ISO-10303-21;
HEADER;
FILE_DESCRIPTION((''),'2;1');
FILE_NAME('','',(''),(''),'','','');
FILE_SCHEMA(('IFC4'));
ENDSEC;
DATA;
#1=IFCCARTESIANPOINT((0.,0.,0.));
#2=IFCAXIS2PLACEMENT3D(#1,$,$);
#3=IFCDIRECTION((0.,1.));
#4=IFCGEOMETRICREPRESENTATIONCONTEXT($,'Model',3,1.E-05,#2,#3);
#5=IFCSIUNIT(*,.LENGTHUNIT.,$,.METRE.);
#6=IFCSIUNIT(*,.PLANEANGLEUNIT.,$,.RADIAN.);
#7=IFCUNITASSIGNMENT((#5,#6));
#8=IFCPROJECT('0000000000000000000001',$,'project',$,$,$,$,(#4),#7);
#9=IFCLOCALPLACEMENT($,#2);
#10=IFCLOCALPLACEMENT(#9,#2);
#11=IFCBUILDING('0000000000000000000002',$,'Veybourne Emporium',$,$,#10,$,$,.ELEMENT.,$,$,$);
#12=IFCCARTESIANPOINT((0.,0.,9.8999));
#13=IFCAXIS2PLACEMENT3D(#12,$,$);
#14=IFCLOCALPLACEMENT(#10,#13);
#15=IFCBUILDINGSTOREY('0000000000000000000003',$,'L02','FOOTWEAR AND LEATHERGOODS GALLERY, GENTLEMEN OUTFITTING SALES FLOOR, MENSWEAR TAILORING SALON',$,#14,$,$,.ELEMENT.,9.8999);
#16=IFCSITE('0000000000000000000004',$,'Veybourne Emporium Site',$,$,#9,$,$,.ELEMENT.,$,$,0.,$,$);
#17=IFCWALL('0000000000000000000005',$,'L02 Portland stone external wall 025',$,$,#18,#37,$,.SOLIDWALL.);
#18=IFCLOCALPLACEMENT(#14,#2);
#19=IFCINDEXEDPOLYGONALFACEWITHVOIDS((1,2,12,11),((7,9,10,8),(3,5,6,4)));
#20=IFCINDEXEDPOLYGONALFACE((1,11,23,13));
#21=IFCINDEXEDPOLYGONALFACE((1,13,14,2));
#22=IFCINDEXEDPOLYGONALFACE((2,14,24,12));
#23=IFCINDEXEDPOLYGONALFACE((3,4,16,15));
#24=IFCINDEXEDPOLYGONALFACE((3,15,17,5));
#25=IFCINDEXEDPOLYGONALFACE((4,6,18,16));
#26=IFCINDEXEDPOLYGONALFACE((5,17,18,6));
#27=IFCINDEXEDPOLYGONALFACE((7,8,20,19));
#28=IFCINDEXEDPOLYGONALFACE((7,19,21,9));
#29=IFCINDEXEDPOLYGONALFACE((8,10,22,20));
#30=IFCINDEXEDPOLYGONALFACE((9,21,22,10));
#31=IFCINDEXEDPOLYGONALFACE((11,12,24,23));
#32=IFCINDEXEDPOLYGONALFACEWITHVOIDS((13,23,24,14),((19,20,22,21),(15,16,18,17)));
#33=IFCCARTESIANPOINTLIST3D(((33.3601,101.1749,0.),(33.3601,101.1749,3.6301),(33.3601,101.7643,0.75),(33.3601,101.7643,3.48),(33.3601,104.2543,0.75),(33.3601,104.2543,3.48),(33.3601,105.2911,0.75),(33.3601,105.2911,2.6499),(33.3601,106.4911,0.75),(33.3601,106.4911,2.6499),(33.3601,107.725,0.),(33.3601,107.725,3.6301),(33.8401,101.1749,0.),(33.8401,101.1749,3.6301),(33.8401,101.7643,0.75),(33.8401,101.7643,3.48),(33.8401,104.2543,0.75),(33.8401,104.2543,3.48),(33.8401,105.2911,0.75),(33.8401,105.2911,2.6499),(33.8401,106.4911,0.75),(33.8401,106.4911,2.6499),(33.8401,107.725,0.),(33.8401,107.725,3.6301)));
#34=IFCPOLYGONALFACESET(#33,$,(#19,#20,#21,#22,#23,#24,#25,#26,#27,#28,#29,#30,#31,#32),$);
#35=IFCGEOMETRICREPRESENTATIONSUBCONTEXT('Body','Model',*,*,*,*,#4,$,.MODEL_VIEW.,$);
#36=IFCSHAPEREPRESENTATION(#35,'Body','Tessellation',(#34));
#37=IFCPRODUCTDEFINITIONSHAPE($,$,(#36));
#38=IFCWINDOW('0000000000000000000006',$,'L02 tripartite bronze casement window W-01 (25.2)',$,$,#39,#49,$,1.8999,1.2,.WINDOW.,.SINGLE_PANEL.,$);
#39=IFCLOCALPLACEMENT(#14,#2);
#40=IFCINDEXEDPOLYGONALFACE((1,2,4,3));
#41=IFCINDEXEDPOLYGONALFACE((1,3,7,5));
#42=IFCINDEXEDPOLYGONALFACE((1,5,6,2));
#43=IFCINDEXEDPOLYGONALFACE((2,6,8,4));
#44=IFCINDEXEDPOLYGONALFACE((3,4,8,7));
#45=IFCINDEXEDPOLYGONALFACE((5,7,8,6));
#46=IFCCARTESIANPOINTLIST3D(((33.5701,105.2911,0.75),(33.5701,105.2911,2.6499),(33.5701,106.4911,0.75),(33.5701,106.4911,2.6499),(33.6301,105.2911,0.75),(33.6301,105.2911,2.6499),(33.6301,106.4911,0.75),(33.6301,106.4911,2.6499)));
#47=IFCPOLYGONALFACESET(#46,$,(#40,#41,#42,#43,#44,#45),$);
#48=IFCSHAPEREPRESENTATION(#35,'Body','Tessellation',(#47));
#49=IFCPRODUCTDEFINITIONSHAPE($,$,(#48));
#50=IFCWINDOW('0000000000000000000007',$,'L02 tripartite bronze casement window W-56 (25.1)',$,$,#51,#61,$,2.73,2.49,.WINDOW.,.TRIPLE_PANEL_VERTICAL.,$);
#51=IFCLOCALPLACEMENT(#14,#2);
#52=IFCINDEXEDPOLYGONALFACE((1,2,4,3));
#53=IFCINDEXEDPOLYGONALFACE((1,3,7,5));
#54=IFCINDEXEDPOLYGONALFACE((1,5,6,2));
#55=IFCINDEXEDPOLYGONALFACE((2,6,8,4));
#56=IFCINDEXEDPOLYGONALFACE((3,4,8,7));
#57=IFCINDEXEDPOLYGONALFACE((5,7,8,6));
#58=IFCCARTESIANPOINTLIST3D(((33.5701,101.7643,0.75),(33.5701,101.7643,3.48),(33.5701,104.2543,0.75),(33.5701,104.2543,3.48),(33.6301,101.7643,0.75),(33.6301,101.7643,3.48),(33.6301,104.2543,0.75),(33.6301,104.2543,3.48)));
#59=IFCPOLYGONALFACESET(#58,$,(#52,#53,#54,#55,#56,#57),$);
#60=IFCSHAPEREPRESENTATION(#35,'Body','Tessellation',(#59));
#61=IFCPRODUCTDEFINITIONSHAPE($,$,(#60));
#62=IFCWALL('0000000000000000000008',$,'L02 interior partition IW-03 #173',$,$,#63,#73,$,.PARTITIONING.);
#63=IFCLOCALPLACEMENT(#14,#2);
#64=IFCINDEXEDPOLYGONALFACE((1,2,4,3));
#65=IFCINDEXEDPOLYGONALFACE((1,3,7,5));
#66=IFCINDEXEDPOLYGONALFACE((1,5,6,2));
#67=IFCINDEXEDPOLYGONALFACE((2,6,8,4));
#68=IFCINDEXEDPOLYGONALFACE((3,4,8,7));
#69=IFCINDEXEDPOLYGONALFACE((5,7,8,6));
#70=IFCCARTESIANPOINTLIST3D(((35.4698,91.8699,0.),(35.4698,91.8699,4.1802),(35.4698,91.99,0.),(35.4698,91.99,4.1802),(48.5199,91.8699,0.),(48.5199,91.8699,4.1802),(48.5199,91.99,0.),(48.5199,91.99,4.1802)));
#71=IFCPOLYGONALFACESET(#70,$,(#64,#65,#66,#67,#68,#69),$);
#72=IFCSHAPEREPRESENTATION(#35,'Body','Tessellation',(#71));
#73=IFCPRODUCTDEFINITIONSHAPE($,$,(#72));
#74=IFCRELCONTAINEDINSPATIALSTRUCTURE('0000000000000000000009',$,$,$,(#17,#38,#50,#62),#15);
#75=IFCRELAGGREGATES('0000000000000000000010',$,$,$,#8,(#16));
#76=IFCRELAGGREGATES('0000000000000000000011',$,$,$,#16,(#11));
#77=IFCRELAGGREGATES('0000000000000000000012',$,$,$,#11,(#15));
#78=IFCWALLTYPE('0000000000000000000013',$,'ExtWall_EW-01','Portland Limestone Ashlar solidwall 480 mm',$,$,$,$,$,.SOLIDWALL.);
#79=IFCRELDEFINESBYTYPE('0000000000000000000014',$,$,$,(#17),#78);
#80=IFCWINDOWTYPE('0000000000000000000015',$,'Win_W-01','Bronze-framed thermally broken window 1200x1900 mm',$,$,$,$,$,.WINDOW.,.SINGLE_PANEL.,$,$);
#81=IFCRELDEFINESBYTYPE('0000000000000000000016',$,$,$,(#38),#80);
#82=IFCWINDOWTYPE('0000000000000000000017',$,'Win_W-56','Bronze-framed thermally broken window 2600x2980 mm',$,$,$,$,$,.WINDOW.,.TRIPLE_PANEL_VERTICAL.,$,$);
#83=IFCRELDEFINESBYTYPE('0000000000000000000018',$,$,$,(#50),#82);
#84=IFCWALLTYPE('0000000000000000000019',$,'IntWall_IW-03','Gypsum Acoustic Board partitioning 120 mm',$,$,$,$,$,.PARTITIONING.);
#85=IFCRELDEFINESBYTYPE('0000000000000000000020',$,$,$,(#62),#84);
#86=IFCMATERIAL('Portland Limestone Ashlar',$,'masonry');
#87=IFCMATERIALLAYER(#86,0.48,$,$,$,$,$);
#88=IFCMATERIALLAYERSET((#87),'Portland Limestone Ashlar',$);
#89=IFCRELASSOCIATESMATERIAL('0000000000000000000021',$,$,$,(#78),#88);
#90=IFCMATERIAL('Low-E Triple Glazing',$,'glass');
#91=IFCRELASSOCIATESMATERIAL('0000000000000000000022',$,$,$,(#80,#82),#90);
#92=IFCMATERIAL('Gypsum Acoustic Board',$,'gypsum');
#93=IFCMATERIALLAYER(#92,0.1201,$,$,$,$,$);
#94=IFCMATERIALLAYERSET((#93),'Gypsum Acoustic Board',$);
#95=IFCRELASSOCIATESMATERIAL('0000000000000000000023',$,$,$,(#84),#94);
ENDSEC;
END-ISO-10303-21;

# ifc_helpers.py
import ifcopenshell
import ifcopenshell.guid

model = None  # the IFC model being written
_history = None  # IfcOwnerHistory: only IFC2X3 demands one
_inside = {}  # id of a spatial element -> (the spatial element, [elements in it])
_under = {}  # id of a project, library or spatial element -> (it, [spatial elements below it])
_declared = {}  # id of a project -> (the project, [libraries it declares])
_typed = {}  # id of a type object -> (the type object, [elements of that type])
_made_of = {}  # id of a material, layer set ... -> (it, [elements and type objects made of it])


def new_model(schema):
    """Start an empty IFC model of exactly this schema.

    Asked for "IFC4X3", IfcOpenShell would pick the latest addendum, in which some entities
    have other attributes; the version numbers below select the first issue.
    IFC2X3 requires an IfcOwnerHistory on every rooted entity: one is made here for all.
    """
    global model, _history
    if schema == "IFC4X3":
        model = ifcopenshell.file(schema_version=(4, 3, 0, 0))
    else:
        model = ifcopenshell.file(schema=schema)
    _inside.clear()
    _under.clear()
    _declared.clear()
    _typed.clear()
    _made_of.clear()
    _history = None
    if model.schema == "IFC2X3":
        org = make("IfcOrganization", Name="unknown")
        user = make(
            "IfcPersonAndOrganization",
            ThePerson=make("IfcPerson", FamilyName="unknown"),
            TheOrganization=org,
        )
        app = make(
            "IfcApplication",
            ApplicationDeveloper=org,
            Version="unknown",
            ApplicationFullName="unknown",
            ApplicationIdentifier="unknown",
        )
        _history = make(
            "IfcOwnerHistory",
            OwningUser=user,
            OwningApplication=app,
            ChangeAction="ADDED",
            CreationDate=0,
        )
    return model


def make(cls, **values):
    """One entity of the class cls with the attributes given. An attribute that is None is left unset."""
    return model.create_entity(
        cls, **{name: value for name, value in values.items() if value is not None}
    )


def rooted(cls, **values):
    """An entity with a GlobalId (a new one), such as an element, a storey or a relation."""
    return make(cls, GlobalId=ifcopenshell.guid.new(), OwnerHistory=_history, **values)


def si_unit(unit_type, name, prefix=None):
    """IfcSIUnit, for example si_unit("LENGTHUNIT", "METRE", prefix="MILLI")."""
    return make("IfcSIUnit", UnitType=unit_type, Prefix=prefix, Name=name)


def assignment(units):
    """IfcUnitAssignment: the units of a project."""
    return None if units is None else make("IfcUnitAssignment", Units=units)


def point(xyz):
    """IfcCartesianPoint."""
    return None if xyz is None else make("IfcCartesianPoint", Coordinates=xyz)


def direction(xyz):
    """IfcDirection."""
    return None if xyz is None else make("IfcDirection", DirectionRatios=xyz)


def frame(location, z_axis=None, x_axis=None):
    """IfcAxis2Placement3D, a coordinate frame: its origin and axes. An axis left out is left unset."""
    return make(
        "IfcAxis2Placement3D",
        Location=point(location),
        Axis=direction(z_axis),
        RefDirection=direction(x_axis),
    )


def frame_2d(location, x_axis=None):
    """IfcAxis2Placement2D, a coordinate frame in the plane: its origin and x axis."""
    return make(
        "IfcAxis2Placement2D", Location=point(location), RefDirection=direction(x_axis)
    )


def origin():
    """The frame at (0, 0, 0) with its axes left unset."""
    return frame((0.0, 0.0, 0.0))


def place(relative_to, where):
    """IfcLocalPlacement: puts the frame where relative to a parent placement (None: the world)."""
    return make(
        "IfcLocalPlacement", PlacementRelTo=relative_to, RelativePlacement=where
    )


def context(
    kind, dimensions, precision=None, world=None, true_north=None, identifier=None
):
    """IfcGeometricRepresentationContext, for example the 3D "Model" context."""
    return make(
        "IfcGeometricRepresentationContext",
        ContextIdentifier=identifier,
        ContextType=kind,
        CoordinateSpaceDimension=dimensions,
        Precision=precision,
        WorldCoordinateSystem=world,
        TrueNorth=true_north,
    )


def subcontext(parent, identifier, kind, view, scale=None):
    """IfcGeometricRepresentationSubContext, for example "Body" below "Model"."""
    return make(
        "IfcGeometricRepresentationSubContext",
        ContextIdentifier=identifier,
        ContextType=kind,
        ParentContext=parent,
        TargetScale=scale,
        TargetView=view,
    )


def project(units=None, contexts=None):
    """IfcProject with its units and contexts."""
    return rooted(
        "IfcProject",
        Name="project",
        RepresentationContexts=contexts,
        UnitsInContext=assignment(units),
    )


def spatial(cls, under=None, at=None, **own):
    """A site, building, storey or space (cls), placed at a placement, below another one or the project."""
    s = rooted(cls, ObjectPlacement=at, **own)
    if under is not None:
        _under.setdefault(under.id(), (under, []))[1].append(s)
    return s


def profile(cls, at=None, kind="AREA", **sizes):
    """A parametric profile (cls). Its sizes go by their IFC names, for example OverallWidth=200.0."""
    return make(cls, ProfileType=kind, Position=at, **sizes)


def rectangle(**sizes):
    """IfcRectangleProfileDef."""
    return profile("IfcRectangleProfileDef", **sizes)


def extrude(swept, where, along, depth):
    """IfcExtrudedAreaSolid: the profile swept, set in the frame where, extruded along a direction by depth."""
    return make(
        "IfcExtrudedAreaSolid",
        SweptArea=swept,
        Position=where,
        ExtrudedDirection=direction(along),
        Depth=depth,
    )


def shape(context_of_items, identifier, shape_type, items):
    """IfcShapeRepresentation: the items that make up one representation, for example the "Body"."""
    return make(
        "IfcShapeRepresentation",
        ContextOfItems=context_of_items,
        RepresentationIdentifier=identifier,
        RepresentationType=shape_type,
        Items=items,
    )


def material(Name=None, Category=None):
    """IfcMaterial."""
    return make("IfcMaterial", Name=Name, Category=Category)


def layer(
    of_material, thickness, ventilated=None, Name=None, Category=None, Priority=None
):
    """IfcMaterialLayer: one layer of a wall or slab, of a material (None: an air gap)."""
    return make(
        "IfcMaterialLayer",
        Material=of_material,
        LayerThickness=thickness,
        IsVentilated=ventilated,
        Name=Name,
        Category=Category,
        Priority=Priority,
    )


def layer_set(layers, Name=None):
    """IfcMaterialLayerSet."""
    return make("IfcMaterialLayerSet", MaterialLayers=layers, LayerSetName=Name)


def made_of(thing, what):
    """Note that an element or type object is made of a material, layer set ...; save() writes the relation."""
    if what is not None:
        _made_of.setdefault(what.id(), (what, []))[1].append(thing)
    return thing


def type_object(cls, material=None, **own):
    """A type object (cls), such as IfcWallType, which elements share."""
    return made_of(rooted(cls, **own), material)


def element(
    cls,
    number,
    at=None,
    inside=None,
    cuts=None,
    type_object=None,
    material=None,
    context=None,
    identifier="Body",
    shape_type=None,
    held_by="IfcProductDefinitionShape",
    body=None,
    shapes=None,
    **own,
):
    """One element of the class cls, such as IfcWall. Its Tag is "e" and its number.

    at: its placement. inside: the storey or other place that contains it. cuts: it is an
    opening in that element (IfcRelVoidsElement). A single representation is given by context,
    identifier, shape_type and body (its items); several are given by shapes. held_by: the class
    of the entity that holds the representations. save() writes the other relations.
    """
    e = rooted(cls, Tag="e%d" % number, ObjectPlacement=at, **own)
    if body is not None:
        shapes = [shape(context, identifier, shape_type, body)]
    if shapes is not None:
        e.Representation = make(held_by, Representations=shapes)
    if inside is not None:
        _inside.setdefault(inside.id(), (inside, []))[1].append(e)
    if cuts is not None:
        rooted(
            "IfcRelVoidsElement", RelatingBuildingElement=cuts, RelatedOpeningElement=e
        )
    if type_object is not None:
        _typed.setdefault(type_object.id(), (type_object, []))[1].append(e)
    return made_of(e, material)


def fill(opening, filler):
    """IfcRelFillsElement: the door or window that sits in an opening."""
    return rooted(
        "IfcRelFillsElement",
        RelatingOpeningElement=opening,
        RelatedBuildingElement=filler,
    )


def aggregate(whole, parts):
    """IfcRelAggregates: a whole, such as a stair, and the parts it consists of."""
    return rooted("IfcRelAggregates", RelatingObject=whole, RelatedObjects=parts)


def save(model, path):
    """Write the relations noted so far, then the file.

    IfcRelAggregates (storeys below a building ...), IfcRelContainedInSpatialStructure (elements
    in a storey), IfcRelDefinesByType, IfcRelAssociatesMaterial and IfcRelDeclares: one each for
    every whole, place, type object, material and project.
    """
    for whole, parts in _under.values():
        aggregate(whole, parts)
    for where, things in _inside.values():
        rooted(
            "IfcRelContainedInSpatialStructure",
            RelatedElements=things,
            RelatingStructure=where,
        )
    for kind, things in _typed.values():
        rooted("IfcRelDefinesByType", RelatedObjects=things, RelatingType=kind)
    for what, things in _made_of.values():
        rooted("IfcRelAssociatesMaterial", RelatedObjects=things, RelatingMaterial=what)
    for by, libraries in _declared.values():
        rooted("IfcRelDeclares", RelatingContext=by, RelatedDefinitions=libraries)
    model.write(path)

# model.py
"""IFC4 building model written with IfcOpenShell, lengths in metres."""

from ifc_helpers import new_model, si_unit, direction, frame, frame_2d, origin, place, context, subcontext, project, spatial, rectangle, extrude, material, layer, layer_set, type_object, element, fill, save


model = new_model("IFC4")

# Units and contexts
model_context = context("Model", 3, precision=1e-05, world=origin(), true_north=direction((0.0, 1.0)))
body_context = subcontext(model_context, "Body", "Model", "MODEL_VIEW")
ifc_project = project(units=[si_unit("LENGTHUNIT", "METRE"), si_unit("PLANEANGLEUNIT", "RADIAN")], contexts=[model_context])

# Site, building, storey
site_placement = place(None, origin())
site = spatial("IfcSite", under=ifc_project, at=site_placement, Name="Veybourne Emporium Site", CompositionType="ELEMENT", RefElevation=0.0)
building_placement = place(site_placement, origin())
building = spatial("IfcBuilding", under=site, at=building_placement, Name="Veybourne Emporium", CompositionType="ELEMENT")
storey_placement = place(building_placement, frame((0.0, 0.0, 9.8999)))
storey = spatial("IfcBuildingStorey", under=building, at=storey_placement, Name="L02", Description="FOOTWEAR AND LEATHERGOODS GALLERY, GENTLEMEN OUTFITTING SALES FLOOR, MENSWEAR TAILORING SALON", CompositionType="ELEMENT", Elevation=9.8999)

# Wall, openings, windows
ifc_material_1 = material(Name="Portland Limestone Ashlar", Category="masonry")
ifc_layer_1 = layer(ifc_material_1, 0.48)
ifc_layer_set_1 = layer_set([ifc_layer_1], Name="Portland Limestone Ashlar")
wall_type_1 = type_object("IfcWallType", Name="ExtWall_EW-01", Description="Portland Limestone Ashlar solidwall 480 mm", PredefinedType="SOLIDWALL", material=ifc_layer_set_1)
ifc_material_2 = material(Name="Low-E Triple Glazing", Category="glass")
wall_1_placement = place(storey_placement, frame((33.6001, 101.175, 0.0), z_axis=(0.0, 0.0, 1.0), x_axis=(0.0, 1.0, 0.0)))
wall_1 = element("IfcWall", 1, at=wall_1_placement, inside=storey, type_object=wall_type_1, Name="L02 Portland stone external wall 025", PredefinedType="SOLIDWALL", context=body_context, shape_type="SweptSolid", body=[
    extrude(rectangle(XDim=6.55, YDim=0.48, at=frame_2d((3.2749, 0.0))), origin(), (0.0, 0.0, 1.0), 3.6301),
])
opening_1_placement = place(wall_1_placement, frame((0.5891, 0.0, 0.75)))
opening_1 = element("IfcOpeningElement", 2, at=opening_1_placement, cuts=wall_1, PredefinedType="OPENING", context=body_context, shape_type="SweptSolid", body=[
    extrude(rectangle(XDim=2.49, YDim=2.73, at=frame_2d((1.2451, 1.365))), frame((0.0, 0.26, 0.0), z_axis=(0.0, -1.0, 0.0), x_axis=(1.0, 0.0, 0.0)), (0.0, 0.0, 1.0), 0.52),
])
opening_2_placement = place(wall_1_placement, frame((4.116, 0.0, 0.75)))
opening_2 = element("IfcOpeningElement", 3, at=opening_2_placement, cuts=wall_1, PredefinedType="OPENING", context=body_context, shape_type="SweptSolid", body=[
    extrude(rectangle(XDim=1.2, YDim=1.8999, at=frame_2d((0.6001, 0.95))), frame((0.0, 0.26, 0.0), z_axis=(0.0, -1.0, 0.0), x_axis=(1.0, 0.0, 0.0)), (0.0, 0.0, 1.0), 0.52),
])
window_type_1 = type_object("IfcWindowType", Name="Win_W-01", Description="Bronze-framed thermally broken window 1200x1900 mm", PartitioningType="SINGLE_PANEL", PredefinedType="WINDOW", material=ifc_material_2)
window_1_placement = place(opening_2_placement, origin())
window_1 = element("IfcWindow", 4, at=window_1_placement, inside=storey, type_object=window_type_1, Name="L02 tripartite bronze casement window W-01 (25.2)", OverallHeight=1.8999, OverallWidth=1.2, PartitioningType="SINGLE_PANEL", PredefinedType="WINDOW", context=body_context, shape_type="SweptSolid", body=[
    extrude(rectangle(XDim=1.2, YDim=1.8999, at=frame_2d((0.6001, 0.95))), frame((0.0, 0.03, 0.0), z_axis=(0.0, -1.0, 0.0), x_axis=(1.0, 0.0, 0.0)), (0.0, 0.0, 1.0), 0.0601),
])
fill(opening_2, window_1)
window_type_2 = type_object("IfcWindowType", Name="Win_W-56", Description="Bronze-framed thermally broken window 2600x2980 mm", PartitioningType="TRIPLE_PANEL_VERTICAL", PredefinedType="WINDOW", material=ifc_material_2)
window_2_placement = place(opening_1_placement, origin())
window_2 = element("IfcWindow", 5, at=window_2_placement, inside=storey, type_object=window_type_2, Name="L02 tripartite bronze casement window W-56 (25.1)", OverallHeight=2.73, OverallWidth=2.49, PartitioningType="TRIPLE_PANEL_VERTICAL", PredefinedType="WINDOW", context=body_context, shape_type="SweptSolid", body=[
    extrude(rectangle(XDim=2.49, YDim=2.73, at=frame_2d((1.2451, 1.365))), frame((0.0, 0.03, 0.0), z_axis=(0.0, -1.0, 0.0), x_axis=(1.0, 0.0, 0.0)), (0.0, 0.0, 1.0), 0.0601),
])
fill(opening_1, window_2)

# Wall
ifc_material_3 = material(Name="Gypsum Acoustic Board", Category="gypsum")
ifc_layer_2 = layer(ifc_material_3, 0.1201)
ifc_layer_set_2 = layer_set([ifc_layer_2], Name="Gypsum Acoustic Board")
wall_type_2 = type_object("IfcWallType", Name="IntWall_IW-03", Description="Gypsum Acoustic Board partitioning 120 mm", PredefinedType="PARTITIONING", material=ifc_layer_set_2)
wall_2_placement = place(storey_placement, frame((35.47, 91.9299, 0.0), z_axis=(0.0, 0.0, 1.0), x_axis=(1.0, 0.0, 0.0)))
element("IfcWall", 6, at=wall_2_placement, inside=storey, type_object=wall_type_2, Name="L02 interior partition IW-03 #173", PredefinedType="PARTITIONING", context=body_context, shape_type="SweptSolid", body=[
    extrude(rectangle(XDim=13.05, YDim=0.1201, at=frame_2d((6.5249, 0.0))), origin(), (0.0, 0.0, 1.0), 4.1802),
])

save(model, "model.ifc")
